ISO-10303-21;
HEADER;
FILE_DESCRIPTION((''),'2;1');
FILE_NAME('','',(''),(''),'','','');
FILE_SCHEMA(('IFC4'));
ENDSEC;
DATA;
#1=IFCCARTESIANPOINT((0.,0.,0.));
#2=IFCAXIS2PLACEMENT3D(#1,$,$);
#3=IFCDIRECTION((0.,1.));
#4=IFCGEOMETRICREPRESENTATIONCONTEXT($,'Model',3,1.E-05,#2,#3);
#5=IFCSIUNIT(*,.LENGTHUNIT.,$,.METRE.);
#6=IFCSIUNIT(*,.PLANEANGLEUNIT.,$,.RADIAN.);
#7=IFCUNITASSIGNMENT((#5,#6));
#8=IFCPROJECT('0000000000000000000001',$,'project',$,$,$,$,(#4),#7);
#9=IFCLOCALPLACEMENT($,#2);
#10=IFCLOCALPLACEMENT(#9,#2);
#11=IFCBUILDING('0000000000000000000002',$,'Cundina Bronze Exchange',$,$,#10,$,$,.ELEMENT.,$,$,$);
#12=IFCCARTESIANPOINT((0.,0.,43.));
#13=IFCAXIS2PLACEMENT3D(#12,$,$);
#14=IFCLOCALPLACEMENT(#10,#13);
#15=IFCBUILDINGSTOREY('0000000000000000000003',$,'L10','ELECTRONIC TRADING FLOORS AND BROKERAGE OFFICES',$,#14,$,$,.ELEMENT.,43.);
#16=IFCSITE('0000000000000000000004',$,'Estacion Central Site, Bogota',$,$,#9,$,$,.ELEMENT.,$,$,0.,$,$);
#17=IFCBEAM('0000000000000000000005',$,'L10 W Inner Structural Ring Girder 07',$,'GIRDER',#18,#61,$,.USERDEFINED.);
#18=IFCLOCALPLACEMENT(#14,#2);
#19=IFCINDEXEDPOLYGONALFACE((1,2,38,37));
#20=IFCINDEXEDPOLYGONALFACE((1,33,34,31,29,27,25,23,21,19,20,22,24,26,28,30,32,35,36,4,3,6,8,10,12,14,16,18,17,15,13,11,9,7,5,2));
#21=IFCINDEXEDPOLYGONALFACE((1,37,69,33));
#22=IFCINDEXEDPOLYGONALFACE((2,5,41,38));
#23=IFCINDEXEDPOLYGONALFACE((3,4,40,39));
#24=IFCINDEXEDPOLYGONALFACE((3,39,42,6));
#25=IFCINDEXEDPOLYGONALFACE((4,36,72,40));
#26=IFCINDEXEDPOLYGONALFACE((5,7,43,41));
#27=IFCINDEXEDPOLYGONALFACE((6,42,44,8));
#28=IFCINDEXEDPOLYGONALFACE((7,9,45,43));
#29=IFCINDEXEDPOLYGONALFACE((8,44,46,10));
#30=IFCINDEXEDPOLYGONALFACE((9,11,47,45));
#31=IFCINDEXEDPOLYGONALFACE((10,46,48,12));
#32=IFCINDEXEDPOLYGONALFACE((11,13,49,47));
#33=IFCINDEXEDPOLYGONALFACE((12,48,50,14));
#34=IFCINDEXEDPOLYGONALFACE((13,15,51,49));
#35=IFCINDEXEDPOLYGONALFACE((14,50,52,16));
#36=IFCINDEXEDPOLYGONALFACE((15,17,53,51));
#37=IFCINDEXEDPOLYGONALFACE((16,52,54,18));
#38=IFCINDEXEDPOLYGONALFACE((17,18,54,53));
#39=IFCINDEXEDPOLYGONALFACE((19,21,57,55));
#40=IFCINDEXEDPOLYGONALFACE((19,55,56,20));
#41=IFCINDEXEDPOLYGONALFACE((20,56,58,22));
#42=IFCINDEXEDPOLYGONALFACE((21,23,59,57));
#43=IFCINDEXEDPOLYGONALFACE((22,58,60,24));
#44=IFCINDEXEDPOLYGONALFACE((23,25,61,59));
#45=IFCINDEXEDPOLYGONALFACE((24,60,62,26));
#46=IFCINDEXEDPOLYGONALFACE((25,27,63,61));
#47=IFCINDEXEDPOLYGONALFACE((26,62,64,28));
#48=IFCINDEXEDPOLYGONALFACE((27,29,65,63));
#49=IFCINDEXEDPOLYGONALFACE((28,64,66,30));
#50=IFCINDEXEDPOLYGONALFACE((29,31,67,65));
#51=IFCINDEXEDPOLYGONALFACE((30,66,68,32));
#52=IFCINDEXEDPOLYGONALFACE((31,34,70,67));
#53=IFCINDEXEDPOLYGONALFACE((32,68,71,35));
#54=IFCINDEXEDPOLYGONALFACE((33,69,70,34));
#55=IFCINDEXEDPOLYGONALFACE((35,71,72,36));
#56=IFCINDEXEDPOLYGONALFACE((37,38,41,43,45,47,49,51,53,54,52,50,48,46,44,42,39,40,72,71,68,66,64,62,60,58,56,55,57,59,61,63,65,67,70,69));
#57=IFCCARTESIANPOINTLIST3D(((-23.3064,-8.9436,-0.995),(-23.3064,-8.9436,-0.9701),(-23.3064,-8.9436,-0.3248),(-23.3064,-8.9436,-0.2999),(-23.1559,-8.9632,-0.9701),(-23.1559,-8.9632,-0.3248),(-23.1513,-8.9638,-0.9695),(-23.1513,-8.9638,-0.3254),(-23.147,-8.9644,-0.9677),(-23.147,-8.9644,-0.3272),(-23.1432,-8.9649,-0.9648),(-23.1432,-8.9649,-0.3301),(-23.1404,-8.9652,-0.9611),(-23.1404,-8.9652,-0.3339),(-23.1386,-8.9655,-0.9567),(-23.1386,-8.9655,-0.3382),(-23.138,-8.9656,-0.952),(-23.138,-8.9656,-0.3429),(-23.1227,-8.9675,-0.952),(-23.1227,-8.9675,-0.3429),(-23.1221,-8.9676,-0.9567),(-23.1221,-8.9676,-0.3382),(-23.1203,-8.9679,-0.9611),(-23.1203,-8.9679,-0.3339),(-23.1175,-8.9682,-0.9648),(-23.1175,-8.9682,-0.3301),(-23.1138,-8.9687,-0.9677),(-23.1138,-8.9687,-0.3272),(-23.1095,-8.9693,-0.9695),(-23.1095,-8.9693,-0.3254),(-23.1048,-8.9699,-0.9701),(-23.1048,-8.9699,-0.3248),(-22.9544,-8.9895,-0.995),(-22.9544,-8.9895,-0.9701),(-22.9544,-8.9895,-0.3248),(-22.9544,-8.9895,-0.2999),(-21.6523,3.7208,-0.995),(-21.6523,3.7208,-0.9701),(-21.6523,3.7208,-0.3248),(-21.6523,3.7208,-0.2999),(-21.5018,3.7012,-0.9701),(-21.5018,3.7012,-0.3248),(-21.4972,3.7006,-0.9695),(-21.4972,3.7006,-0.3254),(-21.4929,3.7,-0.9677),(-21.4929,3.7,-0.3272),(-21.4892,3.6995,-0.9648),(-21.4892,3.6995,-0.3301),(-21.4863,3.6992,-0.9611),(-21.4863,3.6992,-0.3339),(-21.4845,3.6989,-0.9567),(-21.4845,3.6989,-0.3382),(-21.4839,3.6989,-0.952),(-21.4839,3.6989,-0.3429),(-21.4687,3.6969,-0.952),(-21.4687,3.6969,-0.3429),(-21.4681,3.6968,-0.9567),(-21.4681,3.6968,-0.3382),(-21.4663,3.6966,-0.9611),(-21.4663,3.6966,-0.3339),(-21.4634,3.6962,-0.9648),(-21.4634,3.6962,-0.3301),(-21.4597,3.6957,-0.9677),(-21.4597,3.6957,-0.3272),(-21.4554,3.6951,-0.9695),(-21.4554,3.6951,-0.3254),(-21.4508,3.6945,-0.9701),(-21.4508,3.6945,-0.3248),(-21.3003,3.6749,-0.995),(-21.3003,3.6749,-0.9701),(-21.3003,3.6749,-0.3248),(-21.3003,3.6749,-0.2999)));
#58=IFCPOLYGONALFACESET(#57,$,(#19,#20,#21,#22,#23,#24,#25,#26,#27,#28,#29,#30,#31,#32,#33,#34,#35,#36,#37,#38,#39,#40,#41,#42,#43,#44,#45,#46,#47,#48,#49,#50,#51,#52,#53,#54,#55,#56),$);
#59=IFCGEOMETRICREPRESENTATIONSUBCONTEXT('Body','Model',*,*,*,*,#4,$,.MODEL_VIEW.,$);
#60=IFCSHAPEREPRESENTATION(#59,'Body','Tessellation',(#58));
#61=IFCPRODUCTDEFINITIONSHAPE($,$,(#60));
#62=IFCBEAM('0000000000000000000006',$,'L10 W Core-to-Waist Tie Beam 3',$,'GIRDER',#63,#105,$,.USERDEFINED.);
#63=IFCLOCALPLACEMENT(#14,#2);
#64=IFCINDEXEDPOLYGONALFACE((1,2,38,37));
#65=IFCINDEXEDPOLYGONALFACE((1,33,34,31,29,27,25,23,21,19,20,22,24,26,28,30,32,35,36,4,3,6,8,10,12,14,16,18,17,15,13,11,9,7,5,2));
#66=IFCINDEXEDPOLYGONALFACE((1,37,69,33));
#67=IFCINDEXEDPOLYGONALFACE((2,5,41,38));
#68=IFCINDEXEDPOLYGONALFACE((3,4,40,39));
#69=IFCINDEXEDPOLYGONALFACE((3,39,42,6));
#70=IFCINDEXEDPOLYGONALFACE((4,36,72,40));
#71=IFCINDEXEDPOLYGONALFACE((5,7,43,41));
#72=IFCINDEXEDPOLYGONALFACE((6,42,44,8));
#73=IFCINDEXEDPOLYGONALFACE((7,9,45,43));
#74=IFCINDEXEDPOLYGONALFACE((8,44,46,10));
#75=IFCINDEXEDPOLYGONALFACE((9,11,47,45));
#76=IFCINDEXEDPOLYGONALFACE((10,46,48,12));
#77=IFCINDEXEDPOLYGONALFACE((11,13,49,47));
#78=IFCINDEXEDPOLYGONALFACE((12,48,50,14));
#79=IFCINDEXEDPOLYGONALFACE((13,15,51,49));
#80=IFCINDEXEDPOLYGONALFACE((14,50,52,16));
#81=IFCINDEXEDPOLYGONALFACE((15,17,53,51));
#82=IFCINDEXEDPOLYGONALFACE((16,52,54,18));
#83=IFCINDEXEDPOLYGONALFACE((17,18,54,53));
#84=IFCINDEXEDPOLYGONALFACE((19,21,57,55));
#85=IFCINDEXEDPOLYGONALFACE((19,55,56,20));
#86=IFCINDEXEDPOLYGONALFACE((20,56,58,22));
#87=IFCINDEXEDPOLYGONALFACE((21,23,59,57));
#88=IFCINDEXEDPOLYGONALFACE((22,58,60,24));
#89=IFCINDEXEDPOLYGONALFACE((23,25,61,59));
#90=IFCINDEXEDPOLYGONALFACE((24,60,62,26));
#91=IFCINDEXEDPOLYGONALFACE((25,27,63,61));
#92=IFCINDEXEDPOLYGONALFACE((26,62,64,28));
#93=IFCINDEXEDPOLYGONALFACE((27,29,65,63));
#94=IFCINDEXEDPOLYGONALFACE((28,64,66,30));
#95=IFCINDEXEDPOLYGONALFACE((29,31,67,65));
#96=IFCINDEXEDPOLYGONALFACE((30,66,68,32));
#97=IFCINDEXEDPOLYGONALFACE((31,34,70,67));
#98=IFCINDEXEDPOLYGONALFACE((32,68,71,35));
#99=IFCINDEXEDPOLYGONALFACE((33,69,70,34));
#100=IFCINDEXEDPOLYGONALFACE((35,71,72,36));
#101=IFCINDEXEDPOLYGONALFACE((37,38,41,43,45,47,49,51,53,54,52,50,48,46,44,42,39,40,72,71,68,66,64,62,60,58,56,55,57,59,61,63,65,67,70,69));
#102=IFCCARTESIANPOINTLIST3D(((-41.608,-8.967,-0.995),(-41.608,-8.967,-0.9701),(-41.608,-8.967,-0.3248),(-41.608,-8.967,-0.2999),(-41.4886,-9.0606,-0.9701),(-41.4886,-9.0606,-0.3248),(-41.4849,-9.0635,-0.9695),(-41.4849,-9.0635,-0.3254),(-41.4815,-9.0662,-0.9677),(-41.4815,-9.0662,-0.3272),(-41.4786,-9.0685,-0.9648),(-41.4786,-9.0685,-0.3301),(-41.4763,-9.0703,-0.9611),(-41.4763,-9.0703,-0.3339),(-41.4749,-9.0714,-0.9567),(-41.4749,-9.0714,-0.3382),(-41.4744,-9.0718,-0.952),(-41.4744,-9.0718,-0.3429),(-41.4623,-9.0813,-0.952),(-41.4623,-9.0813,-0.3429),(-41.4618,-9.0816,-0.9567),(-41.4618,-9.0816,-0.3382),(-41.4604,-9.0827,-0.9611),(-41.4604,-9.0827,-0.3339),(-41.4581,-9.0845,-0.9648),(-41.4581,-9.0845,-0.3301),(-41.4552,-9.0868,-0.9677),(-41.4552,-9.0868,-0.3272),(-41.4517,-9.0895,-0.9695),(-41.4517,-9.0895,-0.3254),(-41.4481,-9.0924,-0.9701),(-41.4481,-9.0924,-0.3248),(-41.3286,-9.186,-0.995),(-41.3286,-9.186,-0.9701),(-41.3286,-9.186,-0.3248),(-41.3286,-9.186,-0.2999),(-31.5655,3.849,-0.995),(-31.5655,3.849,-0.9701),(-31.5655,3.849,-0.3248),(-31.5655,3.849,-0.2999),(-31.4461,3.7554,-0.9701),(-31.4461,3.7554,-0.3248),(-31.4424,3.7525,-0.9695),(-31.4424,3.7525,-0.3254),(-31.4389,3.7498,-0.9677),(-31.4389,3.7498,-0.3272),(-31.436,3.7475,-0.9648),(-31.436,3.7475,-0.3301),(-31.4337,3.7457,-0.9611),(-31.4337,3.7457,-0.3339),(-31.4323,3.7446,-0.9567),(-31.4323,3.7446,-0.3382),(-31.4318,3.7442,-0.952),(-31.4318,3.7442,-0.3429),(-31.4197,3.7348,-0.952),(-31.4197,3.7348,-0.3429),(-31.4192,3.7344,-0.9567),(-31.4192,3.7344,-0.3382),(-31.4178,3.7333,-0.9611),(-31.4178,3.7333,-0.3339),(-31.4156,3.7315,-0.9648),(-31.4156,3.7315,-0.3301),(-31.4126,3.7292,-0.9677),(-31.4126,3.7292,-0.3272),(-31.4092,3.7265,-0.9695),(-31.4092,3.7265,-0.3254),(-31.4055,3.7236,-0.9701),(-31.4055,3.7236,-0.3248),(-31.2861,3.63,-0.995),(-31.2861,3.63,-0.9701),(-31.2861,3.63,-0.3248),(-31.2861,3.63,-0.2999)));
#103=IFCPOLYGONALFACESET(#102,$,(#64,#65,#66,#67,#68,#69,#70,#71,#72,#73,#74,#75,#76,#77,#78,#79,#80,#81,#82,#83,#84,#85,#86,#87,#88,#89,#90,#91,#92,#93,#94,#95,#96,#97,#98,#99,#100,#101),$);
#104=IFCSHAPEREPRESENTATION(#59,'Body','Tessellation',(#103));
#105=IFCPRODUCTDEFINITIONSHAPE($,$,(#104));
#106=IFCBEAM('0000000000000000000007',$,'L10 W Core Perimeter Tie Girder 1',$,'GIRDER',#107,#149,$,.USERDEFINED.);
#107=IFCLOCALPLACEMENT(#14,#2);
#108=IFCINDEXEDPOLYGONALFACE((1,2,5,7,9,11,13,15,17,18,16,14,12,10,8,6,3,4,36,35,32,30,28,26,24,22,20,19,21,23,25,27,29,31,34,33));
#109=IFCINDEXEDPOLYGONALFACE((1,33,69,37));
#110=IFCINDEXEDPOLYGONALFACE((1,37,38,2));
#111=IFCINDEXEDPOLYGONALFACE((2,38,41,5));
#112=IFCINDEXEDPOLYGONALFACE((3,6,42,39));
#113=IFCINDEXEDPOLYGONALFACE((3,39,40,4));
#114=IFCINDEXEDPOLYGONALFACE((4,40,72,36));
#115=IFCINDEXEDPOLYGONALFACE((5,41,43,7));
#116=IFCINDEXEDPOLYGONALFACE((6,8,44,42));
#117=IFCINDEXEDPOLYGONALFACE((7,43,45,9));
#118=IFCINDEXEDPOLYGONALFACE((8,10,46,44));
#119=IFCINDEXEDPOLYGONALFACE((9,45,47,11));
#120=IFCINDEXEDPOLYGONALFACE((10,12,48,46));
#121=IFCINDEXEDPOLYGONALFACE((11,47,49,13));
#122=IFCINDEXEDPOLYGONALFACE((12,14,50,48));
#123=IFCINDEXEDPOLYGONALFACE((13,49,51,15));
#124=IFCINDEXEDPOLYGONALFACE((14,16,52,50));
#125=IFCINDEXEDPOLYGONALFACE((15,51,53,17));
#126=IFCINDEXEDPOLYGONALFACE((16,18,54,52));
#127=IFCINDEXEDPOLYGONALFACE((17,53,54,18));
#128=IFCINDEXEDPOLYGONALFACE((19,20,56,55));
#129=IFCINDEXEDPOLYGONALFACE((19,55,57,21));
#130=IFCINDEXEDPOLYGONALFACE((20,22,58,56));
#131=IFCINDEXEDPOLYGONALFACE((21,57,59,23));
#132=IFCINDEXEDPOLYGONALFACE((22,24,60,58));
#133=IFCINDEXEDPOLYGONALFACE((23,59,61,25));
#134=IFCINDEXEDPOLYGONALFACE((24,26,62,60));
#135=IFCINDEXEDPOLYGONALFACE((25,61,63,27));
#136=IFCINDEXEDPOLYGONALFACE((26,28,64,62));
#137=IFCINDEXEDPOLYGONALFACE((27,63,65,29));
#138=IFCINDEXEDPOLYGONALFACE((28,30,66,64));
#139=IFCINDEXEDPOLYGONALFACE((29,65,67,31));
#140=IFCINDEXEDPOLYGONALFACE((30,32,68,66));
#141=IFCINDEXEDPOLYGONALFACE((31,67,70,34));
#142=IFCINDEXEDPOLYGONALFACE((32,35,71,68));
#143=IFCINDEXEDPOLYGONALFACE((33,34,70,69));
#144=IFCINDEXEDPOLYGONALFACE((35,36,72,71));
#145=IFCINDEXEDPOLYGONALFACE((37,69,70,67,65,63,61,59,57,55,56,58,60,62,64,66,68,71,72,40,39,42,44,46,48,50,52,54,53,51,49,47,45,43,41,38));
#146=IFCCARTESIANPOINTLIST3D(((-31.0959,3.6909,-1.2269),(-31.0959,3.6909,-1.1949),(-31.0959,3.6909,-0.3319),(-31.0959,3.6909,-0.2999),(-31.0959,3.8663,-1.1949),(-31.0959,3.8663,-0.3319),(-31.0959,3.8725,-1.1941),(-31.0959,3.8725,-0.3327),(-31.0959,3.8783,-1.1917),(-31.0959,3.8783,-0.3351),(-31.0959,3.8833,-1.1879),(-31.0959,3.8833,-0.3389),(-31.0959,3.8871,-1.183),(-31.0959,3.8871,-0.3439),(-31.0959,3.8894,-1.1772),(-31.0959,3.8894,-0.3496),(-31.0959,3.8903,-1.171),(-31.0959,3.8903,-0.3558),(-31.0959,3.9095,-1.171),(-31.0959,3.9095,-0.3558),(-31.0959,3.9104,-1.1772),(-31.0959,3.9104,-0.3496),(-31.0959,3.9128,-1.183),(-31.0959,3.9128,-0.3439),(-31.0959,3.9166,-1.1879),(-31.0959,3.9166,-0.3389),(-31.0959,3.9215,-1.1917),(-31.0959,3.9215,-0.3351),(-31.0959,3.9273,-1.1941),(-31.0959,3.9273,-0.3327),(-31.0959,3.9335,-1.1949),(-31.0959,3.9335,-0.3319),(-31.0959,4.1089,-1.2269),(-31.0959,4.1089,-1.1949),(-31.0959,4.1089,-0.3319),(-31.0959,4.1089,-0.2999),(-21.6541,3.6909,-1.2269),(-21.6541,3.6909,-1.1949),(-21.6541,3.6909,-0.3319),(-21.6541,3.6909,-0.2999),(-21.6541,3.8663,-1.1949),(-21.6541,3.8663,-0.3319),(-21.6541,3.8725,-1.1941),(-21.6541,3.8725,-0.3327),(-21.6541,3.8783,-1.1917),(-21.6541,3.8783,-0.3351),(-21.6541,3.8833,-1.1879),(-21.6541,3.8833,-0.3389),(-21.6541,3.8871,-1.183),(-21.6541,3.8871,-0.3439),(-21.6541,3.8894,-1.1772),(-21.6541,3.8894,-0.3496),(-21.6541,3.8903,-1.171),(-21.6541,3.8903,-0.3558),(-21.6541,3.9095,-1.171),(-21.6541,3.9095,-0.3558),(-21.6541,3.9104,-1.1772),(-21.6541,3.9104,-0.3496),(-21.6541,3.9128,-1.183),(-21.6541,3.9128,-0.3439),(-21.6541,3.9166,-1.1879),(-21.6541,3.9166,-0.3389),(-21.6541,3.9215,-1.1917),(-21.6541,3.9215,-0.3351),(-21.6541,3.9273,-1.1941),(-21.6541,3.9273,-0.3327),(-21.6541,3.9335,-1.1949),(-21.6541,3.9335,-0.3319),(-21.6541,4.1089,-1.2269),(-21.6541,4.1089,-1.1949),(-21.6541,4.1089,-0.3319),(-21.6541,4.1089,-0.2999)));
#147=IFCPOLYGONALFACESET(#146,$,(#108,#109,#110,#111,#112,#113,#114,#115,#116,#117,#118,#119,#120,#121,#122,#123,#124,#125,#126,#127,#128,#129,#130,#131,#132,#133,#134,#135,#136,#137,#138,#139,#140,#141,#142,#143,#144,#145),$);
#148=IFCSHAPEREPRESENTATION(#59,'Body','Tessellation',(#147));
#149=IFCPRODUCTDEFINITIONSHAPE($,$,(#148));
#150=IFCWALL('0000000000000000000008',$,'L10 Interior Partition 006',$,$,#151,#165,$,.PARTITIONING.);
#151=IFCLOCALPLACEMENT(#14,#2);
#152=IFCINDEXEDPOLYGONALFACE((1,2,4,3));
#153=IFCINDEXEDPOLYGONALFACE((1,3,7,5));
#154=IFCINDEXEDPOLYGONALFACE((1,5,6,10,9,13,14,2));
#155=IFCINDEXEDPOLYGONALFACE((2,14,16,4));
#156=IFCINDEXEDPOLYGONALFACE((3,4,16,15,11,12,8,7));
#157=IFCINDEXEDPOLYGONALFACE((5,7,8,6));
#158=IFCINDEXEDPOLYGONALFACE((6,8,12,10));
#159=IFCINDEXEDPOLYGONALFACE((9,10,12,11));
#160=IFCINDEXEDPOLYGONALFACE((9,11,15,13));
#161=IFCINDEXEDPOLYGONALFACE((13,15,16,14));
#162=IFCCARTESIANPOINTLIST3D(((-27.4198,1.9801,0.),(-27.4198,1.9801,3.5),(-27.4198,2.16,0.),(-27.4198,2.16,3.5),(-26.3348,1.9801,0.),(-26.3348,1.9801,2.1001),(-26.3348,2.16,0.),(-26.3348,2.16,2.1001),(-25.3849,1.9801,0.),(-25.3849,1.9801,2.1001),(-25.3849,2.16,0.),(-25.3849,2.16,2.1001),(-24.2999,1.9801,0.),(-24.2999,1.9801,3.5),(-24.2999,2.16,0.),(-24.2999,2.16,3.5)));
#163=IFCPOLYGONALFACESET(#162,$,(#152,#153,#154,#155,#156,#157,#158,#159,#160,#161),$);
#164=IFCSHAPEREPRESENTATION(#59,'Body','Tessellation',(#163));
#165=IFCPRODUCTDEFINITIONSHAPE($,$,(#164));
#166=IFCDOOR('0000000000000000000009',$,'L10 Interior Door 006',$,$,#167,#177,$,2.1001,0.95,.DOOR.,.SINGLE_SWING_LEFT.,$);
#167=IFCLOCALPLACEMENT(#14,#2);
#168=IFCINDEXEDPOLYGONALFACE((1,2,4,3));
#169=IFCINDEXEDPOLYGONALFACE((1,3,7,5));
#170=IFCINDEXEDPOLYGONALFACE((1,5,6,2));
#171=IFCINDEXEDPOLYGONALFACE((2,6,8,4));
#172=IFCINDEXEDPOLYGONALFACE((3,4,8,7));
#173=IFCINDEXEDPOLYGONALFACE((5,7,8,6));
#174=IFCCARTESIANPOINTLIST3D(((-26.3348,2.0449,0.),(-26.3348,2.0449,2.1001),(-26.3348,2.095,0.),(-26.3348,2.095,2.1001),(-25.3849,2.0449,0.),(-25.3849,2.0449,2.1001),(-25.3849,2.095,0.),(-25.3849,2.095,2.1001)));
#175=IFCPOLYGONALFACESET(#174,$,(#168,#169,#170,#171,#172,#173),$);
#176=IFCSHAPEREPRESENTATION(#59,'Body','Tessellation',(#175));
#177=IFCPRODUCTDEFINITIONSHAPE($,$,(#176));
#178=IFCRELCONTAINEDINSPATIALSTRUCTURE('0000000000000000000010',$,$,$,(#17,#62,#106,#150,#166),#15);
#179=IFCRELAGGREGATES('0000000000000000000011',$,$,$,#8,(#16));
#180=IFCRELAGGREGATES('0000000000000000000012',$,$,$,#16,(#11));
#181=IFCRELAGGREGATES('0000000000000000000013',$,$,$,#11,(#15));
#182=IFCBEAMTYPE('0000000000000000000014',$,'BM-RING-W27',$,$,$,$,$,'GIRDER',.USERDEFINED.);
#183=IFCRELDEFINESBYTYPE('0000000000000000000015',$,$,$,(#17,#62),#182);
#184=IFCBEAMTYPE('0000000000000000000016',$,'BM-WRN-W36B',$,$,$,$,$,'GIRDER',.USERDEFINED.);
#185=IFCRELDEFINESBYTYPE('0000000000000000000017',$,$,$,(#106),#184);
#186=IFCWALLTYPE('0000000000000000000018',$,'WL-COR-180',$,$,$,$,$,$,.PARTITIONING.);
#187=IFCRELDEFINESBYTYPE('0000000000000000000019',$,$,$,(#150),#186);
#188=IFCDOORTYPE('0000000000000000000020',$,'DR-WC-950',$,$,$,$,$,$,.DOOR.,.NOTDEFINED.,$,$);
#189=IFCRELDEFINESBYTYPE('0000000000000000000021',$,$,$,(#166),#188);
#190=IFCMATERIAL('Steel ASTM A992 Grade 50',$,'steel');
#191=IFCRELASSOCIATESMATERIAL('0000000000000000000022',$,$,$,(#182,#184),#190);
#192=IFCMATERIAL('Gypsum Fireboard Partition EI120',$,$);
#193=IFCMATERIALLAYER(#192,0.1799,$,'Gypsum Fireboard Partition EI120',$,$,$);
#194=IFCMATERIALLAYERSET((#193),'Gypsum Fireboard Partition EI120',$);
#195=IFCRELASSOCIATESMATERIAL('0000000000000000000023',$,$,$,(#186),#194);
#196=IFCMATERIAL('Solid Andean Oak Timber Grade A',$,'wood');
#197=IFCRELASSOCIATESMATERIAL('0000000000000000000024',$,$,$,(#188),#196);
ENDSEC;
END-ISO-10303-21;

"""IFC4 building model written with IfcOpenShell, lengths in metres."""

from ifc_helpers import new_model, si_unit, direction, frame, frame_2d, origin, origin_2d, place, context, subcontext, project, spatial, rectangle, i_section, extrude, material, layer, layer_set, material_profile, profile_set, type_object, element, fill, save


model = new_model("IFC4")

# Units and contexts
model_context = context("Model", 3, precision=1e-05, world=origin(), true_north=direction((0.0, 1.0)))
body_context = subcontext(model_context, "Body", "Model", "MODEL_VIEW")
ifc_project = project(units=[si_unit("LENGTHUNIT", "METRE"), si_unit("PLANEANGLEUNIT", "RADIAN")], contexts=[model_context])

# Site, building, storey
site_placement = place(None, origin())
site = spatial("IfcSite", under=ifc_project, at=site_placement, Name="Estacion Central Site, Bogota", CompositionType="ELEMENT", RefElevation=0.0)
building_placement = place(site_placement, origin())
building = spatial("IfcBuilding", under=site, at=building_placement, Name="Cundina Bronze Exchange", CompositionType="ELEMENT")
storey_placement = place(building_placement, frame((0.0, 0.0, 43.0)))
storey = spatial("IfcBuildingStorey", under=building, at=storey_placement, Name="L10", Description="ELECTRONIC TRADING FLOORS AND BROKERAGE OFFICES", CompositionType="ELEMENT", Elevation=43.0)

# Shared definitions
ifc_material_1 = material(Name="Steel ASTM A992 Grade 50", Category="steel")

# Beams
ifc_material_profile_1 = material_profile(ifc_material_1, i_section(OverallWidth=0.355, OverallDepth=0.6951, WebThickness=0.0154, FlangeThickness=0.0249, FilletRadius=0.0181, at=origin_2d()), Name="W27X146", Category="steel")
ifc_profile_set_1 = profile_set([ifc_material_profile_1], Name="Steel ASTM A992 Grade 50")
beam_type_1 = type_object("IfcBeamType", Name="BM-RING-W27", ElementType="GIRDER", PredefinedType="USERDEFINED", material=ifc_profile_set_1)
beam_1_placement = place(storey_placement, frame((-23.1304, -8.9666, -0.6475), z_axis=(0.129508, 0.991578, 0.0), x_axis=(-0.991578, 0.129508, 0.0)))
element("IfcBeam", 1, at=beam_1_placement, inside=storey, type_object=beam_type_1, Name="L10 W Inner Structural Ring Girder 07", ObjectType="GIRDER", PredefinedType="USERDEFINED", context=body_context, shape_type="SweptSolid", body=[
    extrude(i_section(OverallWidth=0.355, OverallDepth=0.6951, WebThickness=0.0154, FlangeThickness=0.0249, FilletRadius=0.0181, at=origin_2d()), origin(), (0.0, 0.0, 1.0), 12.772),
])
beam_2_placement = place(storey_placement, frame((-31.4258, 3.7395, -0.6475), z_axis=(-0.616789, -0.787128, 0.0), x_axis=(0.787128, -0.616789, 0.0)))
element("IfcBeam", 2, at=beam_2_placement, inside=storey, type_object=beam_type_1, Name="L10 W Core-to-Waist Tie Beam 3", ObjectType="GIRDER", PredefinedType="USERDEFINED", context=body_context, shape_type="SweptSolid", body=[
    extrude(i_section(OverallWidth=0.355, OverallDepth=0.6951, WebThickness=0.0154, FlangeThickness=0.0249, FilletRadius=0.0181, at=origin_2d()), origin(), (0.0, 0.0, 1.0), 16.282),
])
ifc_material_profile_2 = material_profile(ifc_material_1, i_section(OverallWidth=0.418, OverallDepth=0.927, WebThickness=0.0193, FlangeThickness=0.032, FilletRadius=0.0239, at=origin_2d()), Name="W36X231", Category="steel")
ifc_profile_set_2 = profile_set([ifc_material_profile_2], Name="Steel ASTM A992 Grade 50")
beam_type_2 = type_object("IfcBeamType", Name="BM-WRN-W36B", ElementType="GIRDER", PredefinedType="USERDEFINED", material=ifc_profile_set_2)
beam_3_placement = place(storey_placement, frame((-31.0959, 3.8999, -0.7634), z_axis=(1.0, 0.0, 0.0), x_axis=(0.0, 1.0, 0.0)))
element("IfcBeam", 3, at=beam_3_placement, inside=storey, type_object=beam_type_2, Name="L10 W Core Perimeter Tie Girder 1", ObjectType="GIRDER", PredefinedType="USERDEFINED", context=body_context, shape_type="SweptSolid", body=[
    extrude(i_section(OverallWidth=0.418, OverallDepth=0.927, WebThickness=0.0193, FlangeThickness=0.032, FilletRadius=0.0239, at=origin_2d()), origin(), (0.0, 0.0, 1.0), 9.4419),
])

# Wall, opening, door
ifc_material_2 = material(Name="Gypsum Fireboard Partition EI120")
ifc_layer_1 = layer(ifc_material_2, 0.1799, Name="Gypsum Fireboard Partition EI120")
ifc_layer_set_1 = layer_set([ifc_layer_1], Name="Gypsum Fireboard Partition EI120")
wall_type_1 = type_object("IfcWallType", Name="WL-COR-180", PredefinedType="PARTITIONING", material=ifc_layer_set_1)
wall_1_placement = place(storey_placement, frame((-27.4199, 2.0701, 0.0), z_axis=(0.0, 0.0, 1.0), x_axis=(1.0, 0.0, 0.0)))
wall_1 = element("IfcWall", 4, at=wall_1_placement, inside=storey, type_object=wall_type_1, Name="L10 Interior Partition 006", PredefinedType="PARTITIONING", context=body_context, shape_type="SweptSolid", body=[
    extrude(rectangle(XDim=3.1199, YDim=0.1799, at=frame_2d((1.5601, 0.0))), origin(), (0.0, 0.0, 1.0), 3.5),
])
opening_1_placement = place(wall_1_placement, frame((1.085, 0.0, 0.0)))
opening_1 = element("IfcOpeningElement", 5, at=opening_1_placement, cuts=wall_1, PredefinedType="OPENING", context=body_context, shape_type="SweptSolid", body=[
    extrude(rectangle(XDim=0.95, YDim=2.1001, at=frame_2d((0.4751, 1.05))), frame((0.0, 0.0999, 0.0), z_axis=(0.0, -1.0, 0.0), x_axis=(1.0, 0.0, 0.0)), (0.0, 0.0, 1.0), 0.2),
])
ifc_material_3 = material(Name="Solid Andean Oak Timber Grade A", Category="wood")
door_type_1 = type_object("IfcDoorType", Name="DR-WC-950", OperationType="NOTDEFINED", PredefinedType="DOOR", material=ifc_material_3)
door_1_placement = place(opening_1_placement, origin())
door_1 = element("IfcDoor", 6, at=door_1_placement, inside=storey, type_object=door_type_1, Name="L10 Interior Door 006", OperationType="SINGLE_SWING_LEFT", OverallHeight=2.1001, OverallWidth=0.95, PredefinedType="DOOR", context=body_context, shape_type="SweptSolid", body=[
    extrude(rectangle(XDim=0.95, YDim=2.1001, at=frame_2d((0.4751, 1.05))), frame((0.0, 0.0249, 0.0), z_axis=(0.0, -1.0, 0.0), x_axis=(1.0, 0.0, 0.0)), (0.0, 0.0, 1.0), 0.05),
])
fill(opening_1, door_1)

save(model, "model.ifc")
